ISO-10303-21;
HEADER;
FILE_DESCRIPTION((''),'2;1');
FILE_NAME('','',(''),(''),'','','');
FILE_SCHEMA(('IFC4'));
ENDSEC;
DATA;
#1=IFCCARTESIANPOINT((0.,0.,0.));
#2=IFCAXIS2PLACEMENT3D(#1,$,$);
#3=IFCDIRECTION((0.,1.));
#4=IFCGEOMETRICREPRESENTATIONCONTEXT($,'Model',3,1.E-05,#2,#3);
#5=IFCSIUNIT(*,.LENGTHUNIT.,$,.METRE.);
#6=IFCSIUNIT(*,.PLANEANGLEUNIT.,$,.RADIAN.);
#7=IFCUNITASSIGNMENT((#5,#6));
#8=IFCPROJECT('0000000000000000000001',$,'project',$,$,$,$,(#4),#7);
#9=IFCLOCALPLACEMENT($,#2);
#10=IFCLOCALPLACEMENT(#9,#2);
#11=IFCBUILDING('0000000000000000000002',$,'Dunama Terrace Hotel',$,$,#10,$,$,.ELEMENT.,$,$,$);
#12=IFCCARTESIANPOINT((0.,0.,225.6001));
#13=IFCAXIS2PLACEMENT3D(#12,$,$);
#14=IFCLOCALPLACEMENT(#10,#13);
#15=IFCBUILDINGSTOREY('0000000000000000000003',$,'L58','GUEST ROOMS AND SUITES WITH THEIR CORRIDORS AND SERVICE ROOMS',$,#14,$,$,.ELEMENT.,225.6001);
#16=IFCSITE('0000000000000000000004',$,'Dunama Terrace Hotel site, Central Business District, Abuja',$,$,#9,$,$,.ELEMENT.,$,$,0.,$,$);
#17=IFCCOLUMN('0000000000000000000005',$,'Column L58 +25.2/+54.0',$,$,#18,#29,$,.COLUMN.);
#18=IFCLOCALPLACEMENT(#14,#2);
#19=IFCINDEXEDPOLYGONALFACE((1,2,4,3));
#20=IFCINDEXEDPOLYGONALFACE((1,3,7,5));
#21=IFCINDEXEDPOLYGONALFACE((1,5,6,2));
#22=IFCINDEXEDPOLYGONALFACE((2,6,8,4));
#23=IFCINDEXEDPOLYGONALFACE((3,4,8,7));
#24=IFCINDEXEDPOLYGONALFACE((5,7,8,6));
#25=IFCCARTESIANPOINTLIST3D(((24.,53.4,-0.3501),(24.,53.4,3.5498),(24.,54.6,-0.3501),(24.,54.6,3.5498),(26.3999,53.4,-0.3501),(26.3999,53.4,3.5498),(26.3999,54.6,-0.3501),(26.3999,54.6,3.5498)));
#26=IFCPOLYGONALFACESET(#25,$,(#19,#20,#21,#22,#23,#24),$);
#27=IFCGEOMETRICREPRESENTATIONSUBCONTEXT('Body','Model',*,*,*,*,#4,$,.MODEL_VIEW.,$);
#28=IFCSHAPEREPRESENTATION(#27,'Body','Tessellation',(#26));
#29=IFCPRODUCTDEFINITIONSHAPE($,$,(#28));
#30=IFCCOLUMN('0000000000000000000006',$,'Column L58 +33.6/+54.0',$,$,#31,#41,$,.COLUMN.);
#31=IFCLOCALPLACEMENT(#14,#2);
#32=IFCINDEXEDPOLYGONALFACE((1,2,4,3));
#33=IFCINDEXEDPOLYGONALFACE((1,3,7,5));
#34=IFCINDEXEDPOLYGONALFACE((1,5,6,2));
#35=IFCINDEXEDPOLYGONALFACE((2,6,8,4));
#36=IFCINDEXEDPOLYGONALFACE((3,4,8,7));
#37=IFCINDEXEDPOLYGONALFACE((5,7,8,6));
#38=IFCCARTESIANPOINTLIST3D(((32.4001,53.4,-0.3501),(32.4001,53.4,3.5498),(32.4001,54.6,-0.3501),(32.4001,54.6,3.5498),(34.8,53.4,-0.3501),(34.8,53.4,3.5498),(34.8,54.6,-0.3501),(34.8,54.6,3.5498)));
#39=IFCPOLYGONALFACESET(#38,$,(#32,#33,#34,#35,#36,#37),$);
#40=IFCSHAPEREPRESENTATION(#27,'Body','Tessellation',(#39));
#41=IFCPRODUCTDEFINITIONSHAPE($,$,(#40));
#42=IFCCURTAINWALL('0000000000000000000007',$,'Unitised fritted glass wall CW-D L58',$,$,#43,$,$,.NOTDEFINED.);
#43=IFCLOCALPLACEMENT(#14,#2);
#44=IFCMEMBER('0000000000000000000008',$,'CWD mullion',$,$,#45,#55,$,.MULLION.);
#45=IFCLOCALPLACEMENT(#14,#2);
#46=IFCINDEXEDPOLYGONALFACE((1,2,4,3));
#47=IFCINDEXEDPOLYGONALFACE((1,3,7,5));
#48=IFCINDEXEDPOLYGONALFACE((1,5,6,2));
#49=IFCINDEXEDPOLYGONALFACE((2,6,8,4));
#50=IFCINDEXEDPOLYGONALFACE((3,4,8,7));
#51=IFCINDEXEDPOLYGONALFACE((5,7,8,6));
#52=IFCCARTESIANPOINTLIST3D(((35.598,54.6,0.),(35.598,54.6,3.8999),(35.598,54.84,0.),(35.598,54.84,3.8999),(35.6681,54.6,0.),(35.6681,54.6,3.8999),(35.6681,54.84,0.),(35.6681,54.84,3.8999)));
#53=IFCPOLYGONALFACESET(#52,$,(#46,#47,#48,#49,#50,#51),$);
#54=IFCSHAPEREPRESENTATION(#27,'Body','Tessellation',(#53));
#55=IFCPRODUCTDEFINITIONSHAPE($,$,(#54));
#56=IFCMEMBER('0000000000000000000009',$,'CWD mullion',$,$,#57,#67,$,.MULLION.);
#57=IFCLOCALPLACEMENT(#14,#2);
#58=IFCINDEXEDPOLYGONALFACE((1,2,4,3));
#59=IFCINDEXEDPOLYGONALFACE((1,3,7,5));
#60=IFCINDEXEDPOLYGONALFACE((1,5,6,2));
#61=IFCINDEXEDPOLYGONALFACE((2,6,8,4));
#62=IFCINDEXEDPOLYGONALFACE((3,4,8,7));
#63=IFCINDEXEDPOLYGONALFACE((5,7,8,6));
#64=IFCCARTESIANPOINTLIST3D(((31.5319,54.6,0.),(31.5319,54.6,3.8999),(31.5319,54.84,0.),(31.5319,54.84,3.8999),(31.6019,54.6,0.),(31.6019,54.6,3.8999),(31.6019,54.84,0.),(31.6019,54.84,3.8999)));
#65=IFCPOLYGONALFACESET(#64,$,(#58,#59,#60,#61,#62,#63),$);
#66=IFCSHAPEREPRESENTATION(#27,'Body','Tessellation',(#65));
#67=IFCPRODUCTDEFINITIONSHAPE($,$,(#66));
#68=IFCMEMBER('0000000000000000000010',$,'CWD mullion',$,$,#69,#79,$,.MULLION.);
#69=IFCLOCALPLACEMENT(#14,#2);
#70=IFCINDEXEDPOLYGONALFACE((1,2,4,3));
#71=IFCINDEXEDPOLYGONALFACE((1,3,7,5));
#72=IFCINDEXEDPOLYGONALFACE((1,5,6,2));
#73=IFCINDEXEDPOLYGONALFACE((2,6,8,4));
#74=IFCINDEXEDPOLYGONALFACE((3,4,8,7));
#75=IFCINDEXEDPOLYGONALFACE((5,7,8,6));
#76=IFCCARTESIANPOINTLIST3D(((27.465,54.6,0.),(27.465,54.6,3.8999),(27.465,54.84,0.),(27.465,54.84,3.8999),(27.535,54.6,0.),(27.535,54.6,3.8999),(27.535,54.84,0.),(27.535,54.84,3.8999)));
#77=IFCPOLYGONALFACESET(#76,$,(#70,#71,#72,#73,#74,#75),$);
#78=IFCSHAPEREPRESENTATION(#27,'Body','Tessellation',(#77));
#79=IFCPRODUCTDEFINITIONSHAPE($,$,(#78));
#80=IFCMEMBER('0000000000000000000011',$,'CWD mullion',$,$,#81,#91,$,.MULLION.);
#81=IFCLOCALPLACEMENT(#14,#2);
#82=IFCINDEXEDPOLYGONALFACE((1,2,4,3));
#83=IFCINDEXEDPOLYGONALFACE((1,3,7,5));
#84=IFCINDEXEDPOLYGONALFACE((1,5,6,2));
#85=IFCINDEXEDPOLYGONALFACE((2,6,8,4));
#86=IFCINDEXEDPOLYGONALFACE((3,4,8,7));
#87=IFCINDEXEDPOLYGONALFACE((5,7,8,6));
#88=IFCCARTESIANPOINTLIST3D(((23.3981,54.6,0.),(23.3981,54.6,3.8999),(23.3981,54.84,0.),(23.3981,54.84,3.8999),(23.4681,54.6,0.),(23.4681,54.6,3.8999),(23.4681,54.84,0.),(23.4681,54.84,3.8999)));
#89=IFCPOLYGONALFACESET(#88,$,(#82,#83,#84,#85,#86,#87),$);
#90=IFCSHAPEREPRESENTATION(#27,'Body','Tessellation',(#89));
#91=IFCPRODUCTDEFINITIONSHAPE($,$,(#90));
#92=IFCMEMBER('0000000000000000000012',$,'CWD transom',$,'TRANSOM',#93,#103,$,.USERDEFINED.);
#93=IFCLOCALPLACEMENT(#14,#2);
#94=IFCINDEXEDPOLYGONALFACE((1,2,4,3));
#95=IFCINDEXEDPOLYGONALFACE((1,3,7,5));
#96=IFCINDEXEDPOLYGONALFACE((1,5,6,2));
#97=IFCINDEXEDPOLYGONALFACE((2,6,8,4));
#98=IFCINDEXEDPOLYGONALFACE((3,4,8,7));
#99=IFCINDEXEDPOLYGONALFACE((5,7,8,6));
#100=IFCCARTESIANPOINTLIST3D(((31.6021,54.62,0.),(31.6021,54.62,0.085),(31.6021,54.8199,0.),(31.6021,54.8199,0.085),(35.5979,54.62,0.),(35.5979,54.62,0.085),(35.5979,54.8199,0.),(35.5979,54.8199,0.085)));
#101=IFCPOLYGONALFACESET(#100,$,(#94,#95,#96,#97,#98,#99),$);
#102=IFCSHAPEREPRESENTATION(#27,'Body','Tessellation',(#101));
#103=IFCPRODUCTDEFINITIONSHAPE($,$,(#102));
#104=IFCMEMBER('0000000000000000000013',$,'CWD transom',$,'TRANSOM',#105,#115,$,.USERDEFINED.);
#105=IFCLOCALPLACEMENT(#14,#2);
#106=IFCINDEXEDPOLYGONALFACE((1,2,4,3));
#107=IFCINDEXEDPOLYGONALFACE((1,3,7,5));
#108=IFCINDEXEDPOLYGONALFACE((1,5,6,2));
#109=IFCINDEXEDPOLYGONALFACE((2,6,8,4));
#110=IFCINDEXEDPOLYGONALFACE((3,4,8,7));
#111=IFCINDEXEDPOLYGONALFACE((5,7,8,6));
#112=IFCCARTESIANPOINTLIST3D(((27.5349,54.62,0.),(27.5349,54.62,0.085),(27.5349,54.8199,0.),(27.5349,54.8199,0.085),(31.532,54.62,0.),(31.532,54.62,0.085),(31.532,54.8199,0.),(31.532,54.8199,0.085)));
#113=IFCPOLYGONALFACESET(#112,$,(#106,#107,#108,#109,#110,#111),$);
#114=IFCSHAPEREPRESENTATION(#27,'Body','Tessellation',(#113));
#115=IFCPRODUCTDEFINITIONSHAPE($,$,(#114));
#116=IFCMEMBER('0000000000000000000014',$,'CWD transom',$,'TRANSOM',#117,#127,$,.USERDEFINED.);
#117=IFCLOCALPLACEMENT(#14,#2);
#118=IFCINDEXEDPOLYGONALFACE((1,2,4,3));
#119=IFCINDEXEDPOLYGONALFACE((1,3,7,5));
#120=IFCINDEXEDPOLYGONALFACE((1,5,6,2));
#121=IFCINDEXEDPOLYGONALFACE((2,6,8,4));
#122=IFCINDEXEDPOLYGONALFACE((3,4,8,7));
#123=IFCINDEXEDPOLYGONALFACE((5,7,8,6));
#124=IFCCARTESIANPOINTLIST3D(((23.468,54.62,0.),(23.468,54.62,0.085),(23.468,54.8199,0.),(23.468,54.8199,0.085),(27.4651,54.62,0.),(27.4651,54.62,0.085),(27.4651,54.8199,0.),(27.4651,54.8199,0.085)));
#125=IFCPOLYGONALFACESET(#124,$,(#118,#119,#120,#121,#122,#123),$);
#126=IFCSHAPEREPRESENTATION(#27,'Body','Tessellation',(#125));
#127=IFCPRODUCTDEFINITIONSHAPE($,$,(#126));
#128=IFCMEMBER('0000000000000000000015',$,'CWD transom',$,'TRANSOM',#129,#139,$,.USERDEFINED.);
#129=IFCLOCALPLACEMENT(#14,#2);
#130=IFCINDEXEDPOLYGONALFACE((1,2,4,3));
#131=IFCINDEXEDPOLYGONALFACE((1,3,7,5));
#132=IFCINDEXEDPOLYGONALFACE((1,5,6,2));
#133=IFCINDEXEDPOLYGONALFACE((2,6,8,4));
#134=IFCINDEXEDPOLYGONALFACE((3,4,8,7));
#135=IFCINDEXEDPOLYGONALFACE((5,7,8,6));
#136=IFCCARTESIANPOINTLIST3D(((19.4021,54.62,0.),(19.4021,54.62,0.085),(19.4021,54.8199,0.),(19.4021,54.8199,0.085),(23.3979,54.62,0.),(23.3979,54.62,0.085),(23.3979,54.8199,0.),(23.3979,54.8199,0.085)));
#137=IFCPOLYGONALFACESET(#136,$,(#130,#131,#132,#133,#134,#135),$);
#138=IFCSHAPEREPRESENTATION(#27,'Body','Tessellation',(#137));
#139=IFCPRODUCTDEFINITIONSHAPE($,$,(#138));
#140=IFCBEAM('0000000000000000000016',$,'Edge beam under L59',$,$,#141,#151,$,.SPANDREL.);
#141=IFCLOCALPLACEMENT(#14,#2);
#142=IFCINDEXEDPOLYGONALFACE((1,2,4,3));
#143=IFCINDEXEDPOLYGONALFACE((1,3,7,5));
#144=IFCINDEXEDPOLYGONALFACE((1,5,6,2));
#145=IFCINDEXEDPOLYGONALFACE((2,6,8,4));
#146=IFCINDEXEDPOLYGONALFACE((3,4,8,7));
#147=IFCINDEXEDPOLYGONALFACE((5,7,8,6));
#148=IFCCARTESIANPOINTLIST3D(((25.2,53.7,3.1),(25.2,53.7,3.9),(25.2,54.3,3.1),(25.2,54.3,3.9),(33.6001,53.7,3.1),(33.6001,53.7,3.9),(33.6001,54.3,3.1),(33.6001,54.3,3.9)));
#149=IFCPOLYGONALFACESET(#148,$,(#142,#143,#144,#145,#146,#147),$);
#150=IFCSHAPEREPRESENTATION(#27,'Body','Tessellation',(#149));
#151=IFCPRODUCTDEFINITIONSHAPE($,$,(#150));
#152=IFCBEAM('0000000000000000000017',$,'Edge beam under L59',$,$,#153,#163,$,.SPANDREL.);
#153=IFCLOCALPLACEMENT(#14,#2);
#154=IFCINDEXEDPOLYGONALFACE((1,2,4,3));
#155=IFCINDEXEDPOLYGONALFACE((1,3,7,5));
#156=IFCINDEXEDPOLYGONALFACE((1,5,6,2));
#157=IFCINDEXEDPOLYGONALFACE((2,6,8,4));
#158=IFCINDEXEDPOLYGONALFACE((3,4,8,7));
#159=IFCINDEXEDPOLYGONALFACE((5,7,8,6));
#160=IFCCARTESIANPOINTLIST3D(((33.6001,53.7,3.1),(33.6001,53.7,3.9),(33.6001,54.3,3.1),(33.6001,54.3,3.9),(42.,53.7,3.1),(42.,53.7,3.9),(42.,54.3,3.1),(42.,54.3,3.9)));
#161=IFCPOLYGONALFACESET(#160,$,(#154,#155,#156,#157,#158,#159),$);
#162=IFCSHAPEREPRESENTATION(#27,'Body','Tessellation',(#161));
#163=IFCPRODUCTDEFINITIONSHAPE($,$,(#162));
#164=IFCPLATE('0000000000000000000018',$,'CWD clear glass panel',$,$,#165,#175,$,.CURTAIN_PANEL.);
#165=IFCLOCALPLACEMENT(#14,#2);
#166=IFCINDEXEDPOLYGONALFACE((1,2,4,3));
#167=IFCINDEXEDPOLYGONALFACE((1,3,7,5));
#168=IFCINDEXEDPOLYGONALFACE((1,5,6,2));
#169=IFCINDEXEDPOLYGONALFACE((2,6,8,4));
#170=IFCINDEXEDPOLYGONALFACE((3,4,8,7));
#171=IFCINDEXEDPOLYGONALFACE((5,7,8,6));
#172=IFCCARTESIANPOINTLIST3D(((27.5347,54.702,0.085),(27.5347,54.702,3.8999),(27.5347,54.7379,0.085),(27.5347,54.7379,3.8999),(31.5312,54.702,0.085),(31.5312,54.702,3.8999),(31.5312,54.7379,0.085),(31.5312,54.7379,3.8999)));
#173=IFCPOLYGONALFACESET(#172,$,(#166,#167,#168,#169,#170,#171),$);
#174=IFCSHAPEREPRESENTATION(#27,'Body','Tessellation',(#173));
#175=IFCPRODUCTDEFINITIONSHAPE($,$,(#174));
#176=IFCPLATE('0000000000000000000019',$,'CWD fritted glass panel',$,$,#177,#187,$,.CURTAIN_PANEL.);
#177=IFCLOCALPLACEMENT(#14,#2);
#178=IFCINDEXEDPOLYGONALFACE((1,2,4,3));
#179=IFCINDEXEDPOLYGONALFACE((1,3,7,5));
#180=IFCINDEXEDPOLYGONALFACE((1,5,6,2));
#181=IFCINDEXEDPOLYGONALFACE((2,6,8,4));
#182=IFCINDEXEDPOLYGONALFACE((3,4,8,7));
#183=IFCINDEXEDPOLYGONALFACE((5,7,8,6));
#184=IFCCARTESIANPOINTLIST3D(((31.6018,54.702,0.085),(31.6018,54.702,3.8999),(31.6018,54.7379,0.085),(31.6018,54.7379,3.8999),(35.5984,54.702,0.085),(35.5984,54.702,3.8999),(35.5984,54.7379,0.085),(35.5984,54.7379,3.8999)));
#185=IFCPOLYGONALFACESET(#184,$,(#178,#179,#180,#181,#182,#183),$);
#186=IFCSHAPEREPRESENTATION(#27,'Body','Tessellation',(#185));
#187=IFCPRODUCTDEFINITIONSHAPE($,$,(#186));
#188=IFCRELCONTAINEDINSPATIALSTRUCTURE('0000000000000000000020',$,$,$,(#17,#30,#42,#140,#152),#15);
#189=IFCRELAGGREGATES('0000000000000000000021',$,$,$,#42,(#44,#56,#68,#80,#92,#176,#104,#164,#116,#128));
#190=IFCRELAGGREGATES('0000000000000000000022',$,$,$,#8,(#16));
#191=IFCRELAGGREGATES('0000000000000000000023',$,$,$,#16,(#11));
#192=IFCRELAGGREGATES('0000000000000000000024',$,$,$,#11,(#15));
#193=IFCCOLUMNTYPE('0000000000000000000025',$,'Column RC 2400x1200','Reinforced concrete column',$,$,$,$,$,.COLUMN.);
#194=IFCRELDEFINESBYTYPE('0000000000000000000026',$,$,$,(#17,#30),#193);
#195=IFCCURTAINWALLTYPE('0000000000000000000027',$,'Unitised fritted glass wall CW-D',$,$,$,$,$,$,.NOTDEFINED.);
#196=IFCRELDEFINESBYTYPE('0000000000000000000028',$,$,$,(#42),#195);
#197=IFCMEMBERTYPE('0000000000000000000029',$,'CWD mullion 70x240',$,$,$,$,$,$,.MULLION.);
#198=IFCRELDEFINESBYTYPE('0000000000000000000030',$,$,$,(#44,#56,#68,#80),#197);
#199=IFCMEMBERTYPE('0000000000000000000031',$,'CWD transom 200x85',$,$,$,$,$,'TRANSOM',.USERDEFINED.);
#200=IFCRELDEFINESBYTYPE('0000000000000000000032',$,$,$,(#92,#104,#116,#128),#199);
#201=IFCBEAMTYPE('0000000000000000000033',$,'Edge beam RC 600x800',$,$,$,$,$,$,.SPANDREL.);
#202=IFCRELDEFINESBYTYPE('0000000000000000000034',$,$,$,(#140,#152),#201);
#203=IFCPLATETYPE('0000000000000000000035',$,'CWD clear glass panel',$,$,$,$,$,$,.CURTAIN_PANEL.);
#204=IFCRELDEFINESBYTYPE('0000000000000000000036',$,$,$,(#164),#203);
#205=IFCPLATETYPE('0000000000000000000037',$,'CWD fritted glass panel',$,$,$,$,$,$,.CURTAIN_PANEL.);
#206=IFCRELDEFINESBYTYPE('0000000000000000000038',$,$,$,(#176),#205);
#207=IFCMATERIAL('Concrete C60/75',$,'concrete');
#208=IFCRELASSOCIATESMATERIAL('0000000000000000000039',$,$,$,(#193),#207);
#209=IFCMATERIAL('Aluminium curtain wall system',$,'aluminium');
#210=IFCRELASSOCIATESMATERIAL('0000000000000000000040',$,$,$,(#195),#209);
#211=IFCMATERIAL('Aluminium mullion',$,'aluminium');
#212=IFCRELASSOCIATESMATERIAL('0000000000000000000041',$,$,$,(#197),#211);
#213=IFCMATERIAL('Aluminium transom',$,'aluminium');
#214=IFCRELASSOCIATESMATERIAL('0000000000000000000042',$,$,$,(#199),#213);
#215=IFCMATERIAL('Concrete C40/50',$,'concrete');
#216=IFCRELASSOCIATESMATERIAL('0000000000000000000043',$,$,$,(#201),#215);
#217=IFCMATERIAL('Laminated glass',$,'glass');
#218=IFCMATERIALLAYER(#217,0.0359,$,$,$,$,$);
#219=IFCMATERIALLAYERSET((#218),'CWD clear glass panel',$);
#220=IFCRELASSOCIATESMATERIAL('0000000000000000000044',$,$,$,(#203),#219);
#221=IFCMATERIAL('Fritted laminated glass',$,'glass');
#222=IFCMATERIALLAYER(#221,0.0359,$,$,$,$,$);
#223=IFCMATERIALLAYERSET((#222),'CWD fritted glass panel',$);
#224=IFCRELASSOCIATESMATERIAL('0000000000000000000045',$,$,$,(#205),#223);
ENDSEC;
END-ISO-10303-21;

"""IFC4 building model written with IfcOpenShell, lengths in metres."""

from ifc_helpers import new_model, si_unit, direction, frame, origin, origin_2d, place, context, subcontext, project, spatial, rectangle, extrude, material, layer, layer_set, material_profile, profile_set, type_object, element, aggregate, save


model = new_model("IFC4")

# Units and contexts
model_context = context("Model", 3, precision=1e-05, world=origin(), true_north=direction((0.0, 1.0)))
body_context = subcontext(model_context, "Body", "Model", "MODEL_VIEW")
ifc_project = project(units=[si_unit("LENGTHUNIT", "METRE"), si_unit("PLANEANGLEUNIT", "RADIAN")], contexts=[model_context])

# Site, building, storey
site_placement = place(None, origin())
site = spatial("IfcSite", under=ifc_project, at=site_placement, Name="Dunama Terrace Hotel site, Central Business District, Abuja", CompositionType="ELEMENT", RefElevation=0.0)
building_placement = place(site_placement, origin())
building = spatial("IfcBuilding", under=site, at=building_placement, Name="Dunama Terrace Hotel", CompositionType="ELEMENT")
storey_placement = place(building_placement, frame((0.0, 0.0, 225.6001)))
storey = spatial("IfcBuildingStorey", under=building, at=storey_placement, Name="L58", Description="GUEST ROOMS AND SUITES WITH THEIR CORRIDORS AND SERVICE ROOMS", CompositionType="ELEMENT", Elevation=225.6001)

# Columns
ifc_material_1 = material(Name="Concrete C60/75", Category="concrete")
ifc_material_profile_1 = material_profile(ifc_material_1, rectangle(XDim=2.3999, YDim=1.2, at=origin_2d()), Name="RC 2400x1200")
ifc_profile_set_1 = profile_set([ifc_material_profile_1], Name="Concrete C60/75")
column_type = type_object("IfcColumnType", Name="Column RC 2400x1200", Description="Reinforced concrete column", PredefinedType="COLUMN", material=ifc_profile_set_1)
for number, where, z_axis, x_axis, name in (
    (1, (25.2, 54.0, -0.3501), (0.0, 0.0, 1.0), (1.0, 0.0, 0.0), "Column L58 +25.2/+54.0"),
    (2, (33.6001, 54.0, -0.3501), (0.0, 0.0, 1.0), (1.0, 0.0, 0.0), "Column L58 +33.6/+54.0"),
):
    element("IfcColumn", number, at=place(storey_placement, frame(where, z_axis=z_axis, x_axis=x_axis)), inside=storey, type_object=column_type, Name=name, PredefinedType="COLUMN", context=body_context, shape_type="SweptSolid", body=[
        extrude(rectangle(XDim=2.3999, YDim=1.2, at=origin_2d()), origin(), (0.0, 0.0, 1.0), 3.8999),
    ])

# Curtain wall, members
ifc_material_2 = material(Name="Aluminium curtain wall system", Category="aluminium")
curtain_wall_type = type_object("IfcCurtainWallType", Name="Unitised fritted glass wall CW-D", PredefinedType="NOTDEFINED", material=ifc_material_2)
curtain_wall_placement = place(storey_placement, origin())
curtain_wall = element("IfcCurtainWall", 3, at=curtain_wall_placement, inside=storey, type_object=curtain_wall_type, Name="Unitised fritted glass wall CW-D L58", PredefinedType="NOTDEFINED")
ifc_material_3 = material(Name="Aluminium mullion", Category="aluminium")
ifc_material_profile_2 = material_profile(ifc_material_3, rectangle(XDim=0.0701, YDim=0.24, at=origin_2d()), Name="CWD MULLION 70X240")
ifc_profile_set_2 = profile_set([ifc_material_profile_2], Name="Aluminium mullion")
member_type_1 = type_object("IfcMemberType", Name="CWD mullion 70x240", PredefinedType="MULLION", material=ifc_profile_set_2)
member_1_placement = place(storey_placement, frame((35.6331, 54.72, 0.0), z_axis=(0.0, 0.0, 1.0), x_axis=(-1.0, 0.0, 0.0)))
member_1 = element("IfcMember", 4, at=member_1_placement, type_object=member_type_1, Name="CWD mullion", PredefinedType="MULLION", context=body_context, shape_type="SweptSolid", body=[
    extrude(rectangle(XDim=0.0701, YDim=0.24, at=origin_2d()), origin(), (0.0, 0.0, 1.0), 3.8999),
])
member_2_placement = place(storey_placement, frame((31.5669, 54.72, 0.0), z_axis=(0.0, 0.0, 1.0), x_axis=(-1.0, 0.0, 0.0)))
member_2 = element("IfcMember", 5, at=member_2_placement, type_object=member_type_1, Name="CWD mullion", PredefinedType="MULLION", context=body_context, shape_type="SweptSolid", body=[
    extrude(rectangle(XDim=0.0701, YDim=0.24, at=origin_2d()), origin(), (0.0, 0.0, 1.0), 3.8999),
])
member_3_placement = place(storey_placement, frame((27.5, 54.72, 0.0), z_axis=(0.0, 0.0, 1.0), x_axis=(-1.0, 0.0, 0.0)))
member_3 = element("IfcMember", 6, at=member_3_placement, type_object=member_type_1, Name="CWD mullion", PredefinedType="MULLION", context=body_context, shape_type="SweptSolid", body=[
    extrude(rectangle(XDim=0.0701, YDim=0.24, at=origin_2d()), origin(), (0.0, 0.0, 1.0), 3.8999),
])
member_4_placement = place(storey_placement, frame((23.4331, 54.72, 0.0), z_axis=(0.0, 0.0, 1.0), x_axis=(-1.0, 0.0, 0.0)))
member_4 = element("IfcMember", 7, at=member_4_placement, type_object=member_type_1, Name="CWD mullion", PredefinedType="MULLION", context=body_context, shape_type="SweptSolid", body=[
    extrude(rectangle(XDim=0.0701, YDim=0.24, at=origin_2d()), origin(), (0.0, 0.0, 1.0), 3.8999),
])
ifc_material_4 = material(Name="Aluminium transom", Category="aluminium")
ifc_material_profile_3 = material_profile(ifc_material_4, rectangle(XDim=0.2, YDim=0.085, at=origin_2d()), Name="CWD TRANSOM 200X85")
ifc_profile_set_3 = profile_set([ifc_material_profile_3], Name="Aluminium transom")
member_type_2 = type_object("IfcMemberType", Name="CWD transom 200x85", ElementType="TRANSOM", PredefinedType="USERDEFINED", material=ifc_profile_set_3)
member_5_placement = place(storey_placement, frame((35.5979, 54.72, 0.0425), z_axis=(-1.0, 0.0, 0.0), x_axis=(0.0, -1.0, 0.0)))
member_5 = element("IfcMember", 8, at=member_5_placement, type_object=member_type_2, Name="CWD transom", ObjectType="TRANSOM", PredefinedType="USERDEFINED", context=body_context, shape_type="SweptSolid", body=[
    extrude(rectangle(XDim=0.2, YDim=0.085, at=origin_2d()), origin(), (0.0, 0.0, 1.0), 3.9958),
])
member_6_placement = place(storey_placement, frame((31.532, 54.72, 0.0425), z_axis=(-1.0, 0.0, 0.0), x_axis=(0.0, -1.0, 0.0)))
member_6 = element("IfcMember", 9, at=member_6_placement, type_object=member_type_2, Name="CWD transom", ObjectType="TRANSOM", PredefinedType="USERDEFINED", context=body_context, shape_type="SweptSolid", body=[
    extrude(rectangle(XDim=0.2, YDim=0.085, at=origin_2d()), origin(), (0.0, 0.0, 1.0), 3.9971),
])
member_7_placement = place(storey_placement, frame((27.4651, 54.72, 0.0425), z_axis=(-1.0, 0.0, 0.0), x_axis=(0.0, -1.0, 0.0)))
member_7 = element("IfcMember", 10, at=member_7_placement, type_object=member_type_2, Name="CWD transom", ObjectType="TRANSOM", PredefinedType="USERDEFINED", context=body_context, shape_type="SweptSolid", body=[
    extrude(rectangle(XDim=0.2, YDim=0.085, at=origin_2d()), origin(), (0.0, 0.0, 1.0), 3.9971),
])
member_8_placement = place(storey_placement, frame((23.3979, 54.72, 0.0425), z_axis=(-1.0, 0.0, 0.0), x_axis=(0.0, -1.0, 0.0)))
member_8 = element("IfcMember", 11, at=member_8_placement, type_object=member_type_2, Name="CWD transom", ObjectType="TRANSOM", PredefinedType="USERDEFINED", context=body_context, shape_type="SweptSolid", body=[
    extrude(rectangle(XDim=0.2, YDim=0.085, at=origin_2d()), origin(), (0.0, 0.0, 1.0), 3.9958),
])

# Beams
ifc_material_5 = material(Name="Concrete C40/50", Category="concrete")
ifc_material_profile_4 = material_profile(ifc_material_5, rectangle(XDim=0.6001, YDim=0.8, at=origin_2d()), Name="RC 600x800")
ifc_profile_set_4 = profile_set([ifc_material_profile_4], Name="Concrete C40/50")
beam_type = type_object("IfcBeamType", Name="Edge beam RC 600x800", PredefinedType="SPANDREL", material=ifc_profile_set_4)
beam_1_placement = place(storey_placement, frame((25.2, 54.0, 3.5), z_axis=(1.0, 0.0, 0.0), x_axis=(0.0, 1.0, 0.0)))
element("IfcBeam", 12, at=beam_1_placement, inside=storey, type_object=beam_type, Name="Edge beam under L59", PredefinedType="SPANDREL", context=body_context, shape_type="SweptSolid", body=[
    extrude(rectangle(XDim=0.6001, YDim=0.8, at=origin_2d()), origin(), (0.0, 0.0, 1.0), 8.4001),
])
beam_2_placement = place(storey_placement, frame((33.6001, 54.0, 3.5), z_axis=(1.0, 0.0, 0.0), x_axis=(0.0, 1.0, 0.0)))
element("IfcBeam", 13, at=beam_2_placement, inside=storey, type_object=beam_type, Name="Edge beam under L59", PredefinedType="SPANDREL", context=body_context, shape_type="SweptSolid", body=[
    extrude(rectangle(XDim=0.6001, YDim=0.8, at=origin_2d()), origin(), (0.0, 0.0, 1.0), 8.3999),
])

# Plates
ifc_material_6 = material(Name="Laminated glass", Category="glass")
ifc_layer_1 = layer(ifc_material_6, 0.0359)
ifc_layer_set_1 = layer_set([ifc_layer_1], Name="CWD clear glass panel")
plate_type_1 = type_object("IfcPlateType", Name="CWD clear glass panel", PredefinedType="CURTAIN_PANEL", material=ifc_layer_set_1)
plate_1_placement = place(storey_placement, frame((29.533, 54.72, 0.085), z_axis=(0.0, 0.0, 1.0), x_axis=(-1.0, 0.0, 0.0)))
plate_1 = element("IfcPlate", 14, at=plate_1_placement, type_object=plate_type_1, Name="CWD clear glass panel", PredefinedType="CURTAIN_PANEL", context=body_context, shape_type="SweptSolid", body=[
    extrude(rectangle(XDim=3.9966, YDim=0.0359, at=origin_2d()), origin(), (0.0, 0.0, 1.0), 3.8149),
])
ifc_material_7 = material(Name="Fritted laminated glass", Category="glass")
ifc_layer_2 = layer(ifc_material_7, 0.0359)
ifc_layer_set_2 = layer_set([ifc_layer_2], Name="CWD fritted glass panel")
plate_type_2 = type_object("IfcPlateType", Name="CWD fritted glass panel", PredefinedType="CURTAIN_PANEL", material=ifc_layer_set_2)
plate_2_placement = place(storey_placement, frame((33.6001, 54.72, 0.085), z_axis=(0.0, 0.0, 1.0), x_axis=(-1.0, 0.0, 0.0)))
plate_2 = element("IfcPlate", 15, at=plate_2_placement, type_object=plate_type_2, Name="CWD fritted glass panel", PredefinedType="CURTAIN_PANEL", context=body_context, shape_type="SweptSolid", body=[
    extrude(rectangle(XDim=3.9966, YDim=0.0359, at=origin_2d()), origin(), (0.0, 0.0, 1.0), 3.8149),
])
aggregate(curtain_wall, [member_1, member_2, member_3, member_4, member_5, plate_2, member_6, plate_1, member_7, member_8])

save(model, "model.ifc")
